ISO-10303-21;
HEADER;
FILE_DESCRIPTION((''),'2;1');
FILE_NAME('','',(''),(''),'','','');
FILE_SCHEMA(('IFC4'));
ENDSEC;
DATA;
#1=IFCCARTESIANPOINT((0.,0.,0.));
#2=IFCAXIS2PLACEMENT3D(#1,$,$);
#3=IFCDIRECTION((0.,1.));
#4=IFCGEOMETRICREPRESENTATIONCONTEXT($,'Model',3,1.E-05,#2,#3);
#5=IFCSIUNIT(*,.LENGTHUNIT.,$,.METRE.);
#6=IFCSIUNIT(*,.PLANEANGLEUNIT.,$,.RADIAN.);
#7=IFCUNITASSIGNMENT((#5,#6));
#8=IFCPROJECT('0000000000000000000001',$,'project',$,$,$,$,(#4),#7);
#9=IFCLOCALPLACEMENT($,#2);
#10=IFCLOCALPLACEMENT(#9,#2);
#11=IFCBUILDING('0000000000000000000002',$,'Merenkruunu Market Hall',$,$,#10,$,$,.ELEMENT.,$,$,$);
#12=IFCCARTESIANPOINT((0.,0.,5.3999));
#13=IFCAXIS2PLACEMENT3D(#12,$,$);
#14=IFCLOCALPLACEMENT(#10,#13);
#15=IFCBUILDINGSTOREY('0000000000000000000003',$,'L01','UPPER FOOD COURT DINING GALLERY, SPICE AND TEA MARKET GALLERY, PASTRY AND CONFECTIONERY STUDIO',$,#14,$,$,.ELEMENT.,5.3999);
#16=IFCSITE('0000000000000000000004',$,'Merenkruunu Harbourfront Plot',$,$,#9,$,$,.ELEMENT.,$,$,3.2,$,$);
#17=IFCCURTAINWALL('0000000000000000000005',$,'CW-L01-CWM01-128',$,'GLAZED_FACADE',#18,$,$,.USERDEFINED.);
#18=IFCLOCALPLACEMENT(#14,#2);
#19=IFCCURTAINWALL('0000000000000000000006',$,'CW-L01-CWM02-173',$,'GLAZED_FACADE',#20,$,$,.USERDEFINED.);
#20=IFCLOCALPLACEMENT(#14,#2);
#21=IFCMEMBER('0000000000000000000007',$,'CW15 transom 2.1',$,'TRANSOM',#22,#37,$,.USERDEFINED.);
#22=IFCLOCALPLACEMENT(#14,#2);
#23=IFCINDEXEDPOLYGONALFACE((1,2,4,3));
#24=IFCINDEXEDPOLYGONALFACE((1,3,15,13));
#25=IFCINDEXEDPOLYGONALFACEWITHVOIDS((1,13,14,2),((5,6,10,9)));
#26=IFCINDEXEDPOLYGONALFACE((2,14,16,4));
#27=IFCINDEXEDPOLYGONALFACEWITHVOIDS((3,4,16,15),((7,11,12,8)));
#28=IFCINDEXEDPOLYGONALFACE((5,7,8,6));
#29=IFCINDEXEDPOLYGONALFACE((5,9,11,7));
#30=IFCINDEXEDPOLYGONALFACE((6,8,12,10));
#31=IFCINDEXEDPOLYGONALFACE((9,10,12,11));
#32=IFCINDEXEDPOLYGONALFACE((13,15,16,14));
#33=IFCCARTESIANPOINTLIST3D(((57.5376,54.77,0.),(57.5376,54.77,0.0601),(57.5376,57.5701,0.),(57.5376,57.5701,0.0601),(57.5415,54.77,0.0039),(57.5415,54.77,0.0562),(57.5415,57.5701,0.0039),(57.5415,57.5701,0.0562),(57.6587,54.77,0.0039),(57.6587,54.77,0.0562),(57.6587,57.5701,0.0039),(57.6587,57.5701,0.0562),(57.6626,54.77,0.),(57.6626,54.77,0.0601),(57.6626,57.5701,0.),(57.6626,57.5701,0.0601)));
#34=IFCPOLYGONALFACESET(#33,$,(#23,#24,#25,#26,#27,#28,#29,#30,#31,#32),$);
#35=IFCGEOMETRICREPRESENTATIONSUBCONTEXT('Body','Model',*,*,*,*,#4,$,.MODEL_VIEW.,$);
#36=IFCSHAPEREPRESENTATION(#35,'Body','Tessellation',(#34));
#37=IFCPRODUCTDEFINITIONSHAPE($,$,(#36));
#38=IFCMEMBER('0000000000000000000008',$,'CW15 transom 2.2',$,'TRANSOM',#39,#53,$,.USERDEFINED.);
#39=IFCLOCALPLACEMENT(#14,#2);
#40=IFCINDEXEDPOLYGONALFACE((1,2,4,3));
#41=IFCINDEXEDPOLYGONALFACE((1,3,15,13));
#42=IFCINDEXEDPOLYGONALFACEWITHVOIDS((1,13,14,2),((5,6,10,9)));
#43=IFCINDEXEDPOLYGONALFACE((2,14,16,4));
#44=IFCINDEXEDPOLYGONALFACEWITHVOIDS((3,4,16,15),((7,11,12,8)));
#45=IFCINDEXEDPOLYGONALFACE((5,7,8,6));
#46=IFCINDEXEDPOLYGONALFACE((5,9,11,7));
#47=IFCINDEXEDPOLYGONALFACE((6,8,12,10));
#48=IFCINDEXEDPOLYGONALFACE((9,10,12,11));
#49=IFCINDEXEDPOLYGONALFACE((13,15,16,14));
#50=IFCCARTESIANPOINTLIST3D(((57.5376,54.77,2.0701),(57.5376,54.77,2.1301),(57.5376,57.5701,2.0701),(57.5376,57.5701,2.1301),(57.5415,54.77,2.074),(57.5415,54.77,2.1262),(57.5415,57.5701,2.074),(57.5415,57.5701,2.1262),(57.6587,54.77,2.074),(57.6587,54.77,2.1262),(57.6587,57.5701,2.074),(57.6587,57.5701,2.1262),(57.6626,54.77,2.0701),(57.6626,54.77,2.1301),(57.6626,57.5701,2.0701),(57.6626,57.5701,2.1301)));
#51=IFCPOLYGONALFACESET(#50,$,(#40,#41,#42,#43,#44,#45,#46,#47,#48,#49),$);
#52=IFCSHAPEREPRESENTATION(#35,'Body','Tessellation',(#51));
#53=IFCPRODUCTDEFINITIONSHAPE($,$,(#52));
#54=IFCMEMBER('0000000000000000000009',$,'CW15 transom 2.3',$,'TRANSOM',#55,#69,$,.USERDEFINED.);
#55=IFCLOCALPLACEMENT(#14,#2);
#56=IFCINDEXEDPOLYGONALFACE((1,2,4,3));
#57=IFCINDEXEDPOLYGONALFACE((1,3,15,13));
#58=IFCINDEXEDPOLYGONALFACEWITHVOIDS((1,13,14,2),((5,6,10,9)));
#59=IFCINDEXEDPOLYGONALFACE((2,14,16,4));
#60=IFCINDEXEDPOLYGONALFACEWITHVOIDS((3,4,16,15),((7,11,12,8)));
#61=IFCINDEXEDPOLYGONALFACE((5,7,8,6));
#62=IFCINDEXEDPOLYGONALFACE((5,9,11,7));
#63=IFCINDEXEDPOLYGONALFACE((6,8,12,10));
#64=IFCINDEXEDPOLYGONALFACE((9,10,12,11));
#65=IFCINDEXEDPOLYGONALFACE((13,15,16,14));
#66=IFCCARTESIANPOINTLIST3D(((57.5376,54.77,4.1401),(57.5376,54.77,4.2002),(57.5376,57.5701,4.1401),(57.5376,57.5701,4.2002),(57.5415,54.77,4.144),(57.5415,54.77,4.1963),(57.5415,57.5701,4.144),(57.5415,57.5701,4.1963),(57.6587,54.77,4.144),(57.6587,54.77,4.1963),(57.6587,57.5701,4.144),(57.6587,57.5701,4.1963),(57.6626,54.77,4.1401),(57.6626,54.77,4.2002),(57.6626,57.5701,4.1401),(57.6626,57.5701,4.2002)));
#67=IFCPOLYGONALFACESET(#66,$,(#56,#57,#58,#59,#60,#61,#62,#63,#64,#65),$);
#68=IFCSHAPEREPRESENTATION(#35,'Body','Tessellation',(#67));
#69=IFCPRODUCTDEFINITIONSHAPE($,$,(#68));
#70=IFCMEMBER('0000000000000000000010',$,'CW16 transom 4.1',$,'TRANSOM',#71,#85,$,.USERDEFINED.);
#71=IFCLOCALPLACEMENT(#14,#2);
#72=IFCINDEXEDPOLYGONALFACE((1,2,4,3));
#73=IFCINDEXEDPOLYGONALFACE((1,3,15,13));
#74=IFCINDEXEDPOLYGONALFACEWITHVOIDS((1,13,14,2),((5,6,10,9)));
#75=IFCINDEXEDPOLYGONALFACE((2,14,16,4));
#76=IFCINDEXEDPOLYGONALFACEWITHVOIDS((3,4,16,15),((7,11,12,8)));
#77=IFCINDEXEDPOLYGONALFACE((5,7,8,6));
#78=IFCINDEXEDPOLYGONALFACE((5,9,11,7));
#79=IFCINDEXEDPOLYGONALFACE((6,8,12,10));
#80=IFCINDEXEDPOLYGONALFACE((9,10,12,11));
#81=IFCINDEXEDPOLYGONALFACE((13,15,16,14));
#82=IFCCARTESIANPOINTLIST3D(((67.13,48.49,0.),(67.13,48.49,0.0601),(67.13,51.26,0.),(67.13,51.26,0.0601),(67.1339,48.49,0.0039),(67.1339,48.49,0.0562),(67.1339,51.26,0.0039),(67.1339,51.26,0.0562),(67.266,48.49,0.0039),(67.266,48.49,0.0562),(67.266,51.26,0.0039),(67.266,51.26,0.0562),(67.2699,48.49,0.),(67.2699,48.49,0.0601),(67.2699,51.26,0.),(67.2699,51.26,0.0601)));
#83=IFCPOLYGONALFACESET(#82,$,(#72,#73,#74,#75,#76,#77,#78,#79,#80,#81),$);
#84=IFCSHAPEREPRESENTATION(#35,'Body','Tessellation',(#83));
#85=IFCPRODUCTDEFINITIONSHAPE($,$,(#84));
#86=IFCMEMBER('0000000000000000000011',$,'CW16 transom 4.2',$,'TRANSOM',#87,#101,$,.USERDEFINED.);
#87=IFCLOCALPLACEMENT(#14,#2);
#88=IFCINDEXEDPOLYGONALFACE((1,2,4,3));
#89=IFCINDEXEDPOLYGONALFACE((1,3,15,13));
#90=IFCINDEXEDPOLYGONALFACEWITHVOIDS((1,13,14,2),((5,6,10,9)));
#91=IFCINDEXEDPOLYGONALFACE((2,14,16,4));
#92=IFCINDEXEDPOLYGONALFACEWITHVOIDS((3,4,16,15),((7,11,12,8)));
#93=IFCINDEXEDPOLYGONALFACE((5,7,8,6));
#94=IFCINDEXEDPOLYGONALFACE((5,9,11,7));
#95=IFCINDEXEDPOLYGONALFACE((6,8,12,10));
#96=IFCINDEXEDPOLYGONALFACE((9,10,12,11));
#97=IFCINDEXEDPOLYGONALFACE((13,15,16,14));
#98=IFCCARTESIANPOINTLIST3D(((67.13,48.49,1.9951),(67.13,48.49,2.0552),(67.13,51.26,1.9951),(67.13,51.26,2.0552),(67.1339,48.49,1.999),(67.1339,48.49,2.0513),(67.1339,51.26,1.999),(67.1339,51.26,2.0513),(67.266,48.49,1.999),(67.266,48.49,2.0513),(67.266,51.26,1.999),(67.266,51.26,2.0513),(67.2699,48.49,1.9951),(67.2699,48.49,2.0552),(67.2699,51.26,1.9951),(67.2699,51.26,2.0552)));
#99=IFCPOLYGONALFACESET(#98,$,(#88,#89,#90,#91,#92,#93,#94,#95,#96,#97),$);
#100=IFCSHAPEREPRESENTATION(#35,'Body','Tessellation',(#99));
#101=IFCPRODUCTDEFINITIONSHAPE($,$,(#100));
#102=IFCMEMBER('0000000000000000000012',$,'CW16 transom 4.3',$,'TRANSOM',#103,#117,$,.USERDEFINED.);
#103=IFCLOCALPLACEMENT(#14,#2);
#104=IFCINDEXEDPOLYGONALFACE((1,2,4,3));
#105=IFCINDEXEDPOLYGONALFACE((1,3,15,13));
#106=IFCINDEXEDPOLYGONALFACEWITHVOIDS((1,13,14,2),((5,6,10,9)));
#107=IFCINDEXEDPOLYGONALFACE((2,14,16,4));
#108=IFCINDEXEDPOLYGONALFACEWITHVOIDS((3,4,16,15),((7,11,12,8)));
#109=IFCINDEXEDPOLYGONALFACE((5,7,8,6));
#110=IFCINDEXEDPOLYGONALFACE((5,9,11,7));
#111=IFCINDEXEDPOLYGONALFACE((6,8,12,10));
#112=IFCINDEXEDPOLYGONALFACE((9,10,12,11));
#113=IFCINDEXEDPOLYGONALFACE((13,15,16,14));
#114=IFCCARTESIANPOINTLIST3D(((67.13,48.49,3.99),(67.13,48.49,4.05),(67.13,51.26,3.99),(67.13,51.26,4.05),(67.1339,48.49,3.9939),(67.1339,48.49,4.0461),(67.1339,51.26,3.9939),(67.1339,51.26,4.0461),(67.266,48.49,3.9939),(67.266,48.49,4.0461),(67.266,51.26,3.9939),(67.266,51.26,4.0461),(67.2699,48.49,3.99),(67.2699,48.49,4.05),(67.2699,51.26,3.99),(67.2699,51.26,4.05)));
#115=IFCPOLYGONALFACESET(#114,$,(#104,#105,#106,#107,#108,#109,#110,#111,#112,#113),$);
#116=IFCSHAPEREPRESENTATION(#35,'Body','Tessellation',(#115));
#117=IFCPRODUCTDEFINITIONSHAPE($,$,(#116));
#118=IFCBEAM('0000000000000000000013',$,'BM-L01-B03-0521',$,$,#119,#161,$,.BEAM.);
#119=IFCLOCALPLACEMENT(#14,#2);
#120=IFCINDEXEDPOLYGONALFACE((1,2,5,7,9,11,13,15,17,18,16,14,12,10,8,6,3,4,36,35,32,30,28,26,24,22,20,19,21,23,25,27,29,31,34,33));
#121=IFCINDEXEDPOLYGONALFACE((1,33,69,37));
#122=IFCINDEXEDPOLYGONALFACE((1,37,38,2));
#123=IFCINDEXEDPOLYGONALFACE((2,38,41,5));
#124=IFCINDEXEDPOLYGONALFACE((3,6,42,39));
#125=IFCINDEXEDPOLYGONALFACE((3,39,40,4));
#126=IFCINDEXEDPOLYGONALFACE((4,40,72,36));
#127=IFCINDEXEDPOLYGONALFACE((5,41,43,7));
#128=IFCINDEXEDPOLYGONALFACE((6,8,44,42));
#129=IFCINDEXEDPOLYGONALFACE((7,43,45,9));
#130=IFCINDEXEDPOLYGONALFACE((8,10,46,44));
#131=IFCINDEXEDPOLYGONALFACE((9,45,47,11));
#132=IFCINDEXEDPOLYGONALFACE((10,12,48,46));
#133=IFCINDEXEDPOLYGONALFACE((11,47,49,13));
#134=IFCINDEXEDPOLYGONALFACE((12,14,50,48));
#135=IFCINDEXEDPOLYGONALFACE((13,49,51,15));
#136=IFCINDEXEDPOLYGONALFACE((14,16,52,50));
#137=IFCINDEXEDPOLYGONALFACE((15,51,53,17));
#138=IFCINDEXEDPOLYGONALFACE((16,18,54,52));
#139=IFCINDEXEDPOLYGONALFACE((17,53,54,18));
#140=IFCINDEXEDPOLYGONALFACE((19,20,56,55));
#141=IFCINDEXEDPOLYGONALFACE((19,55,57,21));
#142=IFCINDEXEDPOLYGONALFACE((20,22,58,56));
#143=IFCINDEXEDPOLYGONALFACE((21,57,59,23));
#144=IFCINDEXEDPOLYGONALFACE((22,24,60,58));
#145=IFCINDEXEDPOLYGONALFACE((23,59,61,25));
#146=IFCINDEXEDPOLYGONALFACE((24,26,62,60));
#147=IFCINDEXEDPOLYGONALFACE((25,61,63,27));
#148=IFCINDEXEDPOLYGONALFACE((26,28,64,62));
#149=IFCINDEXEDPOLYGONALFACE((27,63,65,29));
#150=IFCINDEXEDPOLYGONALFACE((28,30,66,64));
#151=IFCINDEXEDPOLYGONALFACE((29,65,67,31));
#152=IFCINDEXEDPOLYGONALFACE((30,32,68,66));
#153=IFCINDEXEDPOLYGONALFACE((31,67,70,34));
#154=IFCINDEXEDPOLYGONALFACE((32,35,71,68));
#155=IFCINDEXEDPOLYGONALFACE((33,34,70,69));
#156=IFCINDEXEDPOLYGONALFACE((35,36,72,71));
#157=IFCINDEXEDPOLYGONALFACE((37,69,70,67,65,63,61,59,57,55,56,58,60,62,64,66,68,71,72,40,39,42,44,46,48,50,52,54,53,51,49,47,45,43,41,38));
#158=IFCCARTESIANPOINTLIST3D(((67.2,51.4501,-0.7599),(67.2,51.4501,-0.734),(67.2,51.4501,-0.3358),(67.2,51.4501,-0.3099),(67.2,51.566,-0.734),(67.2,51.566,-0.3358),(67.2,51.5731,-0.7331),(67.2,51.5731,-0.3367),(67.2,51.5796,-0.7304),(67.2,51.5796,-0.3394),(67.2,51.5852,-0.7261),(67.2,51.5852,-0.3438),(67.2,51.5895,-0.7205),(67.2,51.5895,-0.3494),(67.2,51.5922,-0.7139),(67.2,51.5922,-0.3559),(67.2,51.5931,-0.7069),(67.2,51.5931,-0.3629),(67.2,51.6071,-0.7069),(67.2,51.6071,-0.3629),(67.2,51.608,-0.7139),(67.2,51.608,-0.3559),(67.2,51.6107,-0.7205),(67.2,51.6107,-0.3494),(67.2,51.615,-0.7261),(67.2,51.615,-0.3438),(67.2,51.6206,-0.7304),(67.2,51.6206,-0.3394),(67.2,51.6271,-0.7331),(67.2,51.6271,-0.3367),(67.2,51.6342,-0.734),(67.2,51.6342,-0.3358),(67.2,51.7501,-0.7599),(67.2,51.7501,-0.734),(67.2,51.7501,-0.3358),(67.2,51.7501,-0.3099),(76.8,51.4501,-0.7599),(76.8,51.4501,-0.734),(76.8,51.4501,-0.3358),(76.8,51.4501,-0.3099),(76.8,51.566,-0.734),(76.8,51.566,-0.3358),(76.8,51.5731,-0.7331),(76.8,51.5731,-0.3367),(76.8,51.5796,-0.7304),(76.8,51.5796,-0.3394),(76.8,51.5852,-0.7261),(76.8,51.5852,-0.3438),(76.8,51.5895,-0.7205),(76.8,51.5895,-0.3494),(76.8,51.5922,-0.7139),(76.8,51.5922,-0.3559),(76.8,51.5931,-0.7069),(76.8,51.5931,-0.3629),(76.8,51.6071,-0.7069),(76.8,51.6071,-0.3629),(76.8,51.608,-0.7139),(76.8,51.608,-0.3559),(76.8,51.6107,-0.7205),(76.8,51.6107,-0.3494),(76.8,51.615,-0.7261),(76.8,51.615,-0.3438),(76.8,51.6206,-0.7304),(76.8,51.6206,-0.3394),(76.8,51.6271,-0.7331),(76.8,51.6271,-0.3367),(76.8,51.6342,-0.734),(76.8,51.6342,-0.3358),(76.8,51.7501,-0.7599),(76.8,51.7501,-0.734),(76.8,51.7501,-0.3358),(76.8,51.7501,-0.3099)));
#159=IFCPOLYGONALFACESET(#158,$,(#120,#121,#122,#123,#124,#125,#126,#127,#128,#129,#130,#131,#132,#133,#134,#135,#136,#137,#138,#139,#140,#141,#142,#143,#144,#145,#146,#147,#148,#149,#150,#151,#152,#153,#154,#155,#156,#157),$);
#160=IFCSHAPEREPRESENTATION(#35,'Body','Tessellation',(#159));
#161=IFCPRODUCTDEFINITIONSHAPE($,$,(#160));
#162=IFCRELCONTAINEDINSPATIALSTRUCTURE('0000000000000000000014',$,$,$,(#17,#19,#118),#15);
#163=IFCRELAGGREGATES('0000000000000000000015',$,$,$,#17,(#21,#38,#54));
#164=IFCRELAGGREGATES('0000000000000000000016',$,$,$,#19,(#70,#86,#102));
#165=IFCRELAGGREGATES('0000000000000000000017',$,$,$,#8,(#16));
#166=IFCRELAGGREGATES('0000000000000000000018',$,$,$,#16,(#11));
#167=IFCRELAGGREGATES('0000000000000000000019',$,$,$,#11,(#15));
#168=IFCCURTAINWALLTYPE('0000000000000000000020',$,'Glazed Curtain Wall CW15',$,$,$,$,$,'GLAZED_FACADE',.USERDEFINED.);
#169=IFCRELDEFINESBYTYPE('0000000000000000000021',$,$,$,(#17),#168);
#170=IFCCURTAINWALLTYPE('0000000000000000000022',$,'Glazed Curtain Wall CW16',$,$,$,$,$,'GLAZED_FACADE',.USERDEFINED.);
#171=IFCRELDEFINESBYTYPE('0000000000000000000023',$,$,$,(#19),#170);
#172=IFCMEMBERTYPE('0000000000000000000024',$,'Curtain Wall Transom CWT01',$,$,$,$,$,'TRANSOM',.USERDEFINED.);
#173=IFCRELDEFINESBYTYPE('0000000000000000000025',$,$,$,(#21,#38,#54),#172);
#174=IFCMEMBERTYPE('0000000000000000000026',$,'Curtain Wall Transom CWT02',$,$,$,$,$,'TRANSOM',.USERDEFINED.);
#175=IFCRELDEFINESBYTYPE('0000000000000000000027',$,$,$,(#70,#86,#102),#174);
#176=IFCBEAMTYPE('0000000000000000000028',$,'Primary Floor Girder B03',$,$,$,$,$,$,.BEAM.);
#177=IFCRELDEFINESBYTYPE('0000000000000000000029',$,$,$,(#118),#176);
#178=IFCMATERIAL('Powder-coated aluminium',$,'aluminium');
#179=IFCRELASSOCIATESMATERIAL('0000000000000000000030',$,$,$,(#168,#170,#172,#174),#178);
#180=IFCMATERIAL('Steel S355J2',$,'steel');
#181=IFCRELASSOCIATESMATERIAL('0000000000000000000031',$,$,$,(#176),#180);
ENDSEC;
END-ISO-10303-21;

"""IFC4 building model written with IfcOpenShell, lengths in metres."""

from ifc_helpers import new_model, si_unit, direction, frame, origin, origin_2d, place, context, subcontext, project, spatial, hollow_rectangle, i_section, extrude, material, material_profile, profile_set, type_object, element, aggregate, save


model = new_model("IFC4")

# Units and contexts
model_context = context("Model", 3, precision=1e-05, world=origin(), true_north=direction((0.0, 1.0)))
body_context = subcontext(model_context, "Body", "Model", "MODEL_VIEW")
ifc_project = project(units=[si_unit("LENGTHUNIT", "METRE"), si_unit("PLANEANGLEUNIT", "RADIAN")], contexts=[model_context])

# Site, building, storey
site_placement = place(None, origin())
site = spatial("IfcSite", under=ifc_project, at=site_placement, Name="Merenkruunu Harbourfront Plot", CompositionType="ELEMENT", RefElevation=3.2)
building_placement = place(site_placement, origin())
building = spatial("IfcBuilding", under=site, at=building_placement, Name="Merenkruunu Market Hall", CompositionType="ELEMENT")
storey_placement = place(building_placement, frame((0.0, 0.0, 5.3999)))
storey = spatial("IfcBuildingStorey", under=building, at=storey_placement, Name="L01", Description="UPPER FOOD COURT DINING GALLERY, SPICE AND TEA MARKET GALLERY, PASTRY AND CONFECTIONERY STUDIO", CompositionType="ELEMENT", Elevation=5.3999)

# Curtain wall
ifc_material_1 = material(Name="Powder-coated aluminium", Category="aluminium")
curtain_wall_type_1 = type_object("IfcCurtainWallType", Name="Glazed Curtain Wall CW15", ElementType="GLAZED_FACADE", PredefinedType="USERDEFINED", material=ifc_material_1)
curtain_wall_1_placement = place(storey_placement, origin())
curtain_wall_1 = element("IfcCurtainWall", 1, at=curtain_wall_1_placement, inside=storey, type_object=curtain_wall_type_1, Name="CW-L01-CWM01-128", ObjectType="GLAZED_FACADE", PredefinedType="USERDEFINED")

# Curtain wall
curtain_wall_type_2 = type_object("IfcCurtainWallType", Name="Glazed Curtain Wall CW16", ElementType="GLAZED_FACADE", PredefinedType="USERDEFINED", material=ifc_material_1)
curtain_wall_2_placement = place(storey_placement, origin())
curtain_wall_2 = element("IfcCurtainWall", 2, at=curtain_wall_2_placement, inside=storey, type_object=curtain_wall_type_2, Name="CW-L01-CWM02-173", ObjectType="GLAZED_FACADE", PredefinedType="USERDEFINED")

# Members
ifc_material_profile_1 = material_profile(ifc_material_1, hollow_rectangle(XDim=0.0601, YDim=0.125, WallThickness=0.0039, at=origin_2d()), Name="ALU 60x125x4")
ifc_profile_set_1 = profile_set([ifc_material_profile_1], Name="Powder-coated aluminium")
member_type_1 = type_object("IfcMemberType", Name="Curtain Wall Transom CWT01", ElementType="TRANSOM", PredefinedType="USERDEFINED", material=ifc_profile_set_1)
member_1_placement = place(storey_placement, frame((57.6001, 54.77, 0.03), z_axis=(0.0, 1.0, 0.0), x_axis=(0.0, 0.0, 1.0)))
member_1 = element("IfcMember", 3, at=member_1_placement, type_object=member_type_1, Name="CW15 transom 2.1", ObjectType="TRANSOM", PredefinedType="USERDEFINED", context=body_context, shape_type="SweptSolid", body=[
    extrude(hollow_rectangle(XDim=0.0601, YDim=0.125, WallThickness=0.0039, at=origin_2d()), origin(), (0.0, 0.0, 1.0), 2.8),
])
member_2_placement = place(storey_placement, frame((57.6001, 54.77, 2.1001), z_axis=(0.0, 1.0, 0.0), x_axis=(0.0, 0.0, 1.0)))
member_2 = element("IfcMember", 4, at=member_2_placement, type_object=member_type_1, Name="CW15 transom 2.2", ObjectType="TRANSOM", PredefinedType="USERDEFINED", context=body_context, shape_type="SweptSolid", body=[
    extrude(hollow_rectangle(XDim=0.0601, YDim=0.125, WallThickness=0.0039, at=origin_2d()), origin(), (0.0, 0.0, 1.0), 2.8),
])
member_3_placement = place(storey_placement, frame((57.6001, 54.77, 4.1702), z_axis=(0.0, 1.0, 0.0), x_axis=(0.0, 0.0, 1.0)))
member_3 = element("IfcMember", 5, at=member_3_placement, type_object=member_type_1, Name="CW15 transom 2.3", ObjectType="TRANSOM", PredefinedType="USERDEFINED", context=body_context, shape_type="SweptSolid", body=[
    extrude(hollow_rectangle(XDim=0.0601, YDim=0.125, WallThickness=0.0039, at=origin_2d()), origin(), (0.0, 0.0, 1.0), 2.8),
])
ifc_material_profile_2 = material_profile(ifc_material_1, hollow_rectangle(XDim=0.0601, YDim=0.1399, WallThickness=0.0039, at=origin_2d()), Name="ALU 60x140x4")
ifc_profile_set_2 = profile_set([ifc_material_profile_2], Name="Powder-coated aluminium")
member_type_2 = type_object("IfcMemberType", Name="Curtain Wall Transom CWT02", ElementType="TRANSOM", PredefinedType="USERDEFINED", material=ifc_profile_set_2)
member_4_placement = place(storey_placement, frame((67.2, 48.49, 0.03), z_axis=(0.0, 1.0, 0.0), x_axis=(0.0, 0.0, 1.0)))
member_4 = element("IfcMember", 6, at=member_4_placement, type_object=member_type_2, Name="CW16 transom 4.1", ObjectType="TRANSOM", PredefinedType="USERDEFINED", context=body_context, shape_type="SweptSolid", body=[
    extrude(hollow_rectangle(XDim=0.0601, YDim=0.1399, WallThickness=0.0039, at=origin_2d()), origin(), (0.0, 0.0, 1.0), 2.77),
])
member_5_placement = place(storey_placement, frame((67.2, 48.49, 2.0251), z_axis=(0.0, 1.0, 0.0), x_axis=(0.0, 0.0, 1.0)))
member_5 = element("IfcMember", 7, at=member_5_placement, type_object=member_type_2, Name="CW16 transom 4.2", ObjectType="TRANSOM", PredefinedType="USERDEFINED", context=body_context, shape_type="SweptSolid", body=[
    extrude(hollow_rectangle(XDim=0.0601, YDim=0.1399, WallThickness=0.0039, at=origin_2d()), origin(), (0.0, 0.0, 1.0), 2.77),
])
member_6_placement = place(storey_placement, frame((67.2, 48.49, 4.02), z_axis=(0.0, 1.0, 0.0), x_axis=(0.0, 0.0, 1.0)))
member_6 = element("IfcMember", 8, at=member_6_placement, type_object=member_type_2, Name="CW16 transom 4.3", ObjectType="TRANSOM", PredefinedType="USERDEFINED", context=body_context, shape_type="SweptSolid", body=[
    extrude(hollow_rectangle(XDim=0.0601, YDim=0.1399, WallThickness=0.0039, at=origin_2d()), origin(), (0.0, 0.0, 1.0), 2.77),
])

# Beam
ifc_material_2 = material(Name="Steel S355J2", Category="steel")
ifc_material_profile_3 = material_profile(ifc_material_2, i_section(OverallWidth=0.3, OverallDepth=0.45, WebThickness=0.0139, FlangeThickness=0.0259, FilletRadius=0.0271, at=origin_2d()), Name="HEB 450")
ifc_profile_set_3 = profile_set([ifc_material_profile_3], Name="Steel S355J2")
beam_type_1 = type_object("IfcBeamType", Name="Primary Floor Girder B03", PredefinedType="BEAM", material=ifc_profile_set_3)
beam_placement = place(storey_placement, frame((67.2, 51.6001, -0.5349), z_axis=(1.0, 0.0, 0.0), x_axis=(0.0, 1.0, 0.0)))
element("IfcBeam", 9, at=beam_placement, inside=storey, type_object=beam_type_1, Name="BM-L01-B03-0521", PredefinedType="BEAM", context=body_context, shape_type="SweptSolid", body=[
    extrude(i_section(OverallWidth=0.3, OverallDepth=0.45, WebThickness=0.0139, FlangeThickness=0.0259, FilletRadius=0.0271, at=origin_2d()), origin(), (0.0, 0.0, 1.0), 9.6001),
])

aggregate(curtain_wall_1, [member_1, member_2, member_3])
aggregate(curtain_wall_2, [member_4, member_5, member_6])

save(model, "model.ifc")
